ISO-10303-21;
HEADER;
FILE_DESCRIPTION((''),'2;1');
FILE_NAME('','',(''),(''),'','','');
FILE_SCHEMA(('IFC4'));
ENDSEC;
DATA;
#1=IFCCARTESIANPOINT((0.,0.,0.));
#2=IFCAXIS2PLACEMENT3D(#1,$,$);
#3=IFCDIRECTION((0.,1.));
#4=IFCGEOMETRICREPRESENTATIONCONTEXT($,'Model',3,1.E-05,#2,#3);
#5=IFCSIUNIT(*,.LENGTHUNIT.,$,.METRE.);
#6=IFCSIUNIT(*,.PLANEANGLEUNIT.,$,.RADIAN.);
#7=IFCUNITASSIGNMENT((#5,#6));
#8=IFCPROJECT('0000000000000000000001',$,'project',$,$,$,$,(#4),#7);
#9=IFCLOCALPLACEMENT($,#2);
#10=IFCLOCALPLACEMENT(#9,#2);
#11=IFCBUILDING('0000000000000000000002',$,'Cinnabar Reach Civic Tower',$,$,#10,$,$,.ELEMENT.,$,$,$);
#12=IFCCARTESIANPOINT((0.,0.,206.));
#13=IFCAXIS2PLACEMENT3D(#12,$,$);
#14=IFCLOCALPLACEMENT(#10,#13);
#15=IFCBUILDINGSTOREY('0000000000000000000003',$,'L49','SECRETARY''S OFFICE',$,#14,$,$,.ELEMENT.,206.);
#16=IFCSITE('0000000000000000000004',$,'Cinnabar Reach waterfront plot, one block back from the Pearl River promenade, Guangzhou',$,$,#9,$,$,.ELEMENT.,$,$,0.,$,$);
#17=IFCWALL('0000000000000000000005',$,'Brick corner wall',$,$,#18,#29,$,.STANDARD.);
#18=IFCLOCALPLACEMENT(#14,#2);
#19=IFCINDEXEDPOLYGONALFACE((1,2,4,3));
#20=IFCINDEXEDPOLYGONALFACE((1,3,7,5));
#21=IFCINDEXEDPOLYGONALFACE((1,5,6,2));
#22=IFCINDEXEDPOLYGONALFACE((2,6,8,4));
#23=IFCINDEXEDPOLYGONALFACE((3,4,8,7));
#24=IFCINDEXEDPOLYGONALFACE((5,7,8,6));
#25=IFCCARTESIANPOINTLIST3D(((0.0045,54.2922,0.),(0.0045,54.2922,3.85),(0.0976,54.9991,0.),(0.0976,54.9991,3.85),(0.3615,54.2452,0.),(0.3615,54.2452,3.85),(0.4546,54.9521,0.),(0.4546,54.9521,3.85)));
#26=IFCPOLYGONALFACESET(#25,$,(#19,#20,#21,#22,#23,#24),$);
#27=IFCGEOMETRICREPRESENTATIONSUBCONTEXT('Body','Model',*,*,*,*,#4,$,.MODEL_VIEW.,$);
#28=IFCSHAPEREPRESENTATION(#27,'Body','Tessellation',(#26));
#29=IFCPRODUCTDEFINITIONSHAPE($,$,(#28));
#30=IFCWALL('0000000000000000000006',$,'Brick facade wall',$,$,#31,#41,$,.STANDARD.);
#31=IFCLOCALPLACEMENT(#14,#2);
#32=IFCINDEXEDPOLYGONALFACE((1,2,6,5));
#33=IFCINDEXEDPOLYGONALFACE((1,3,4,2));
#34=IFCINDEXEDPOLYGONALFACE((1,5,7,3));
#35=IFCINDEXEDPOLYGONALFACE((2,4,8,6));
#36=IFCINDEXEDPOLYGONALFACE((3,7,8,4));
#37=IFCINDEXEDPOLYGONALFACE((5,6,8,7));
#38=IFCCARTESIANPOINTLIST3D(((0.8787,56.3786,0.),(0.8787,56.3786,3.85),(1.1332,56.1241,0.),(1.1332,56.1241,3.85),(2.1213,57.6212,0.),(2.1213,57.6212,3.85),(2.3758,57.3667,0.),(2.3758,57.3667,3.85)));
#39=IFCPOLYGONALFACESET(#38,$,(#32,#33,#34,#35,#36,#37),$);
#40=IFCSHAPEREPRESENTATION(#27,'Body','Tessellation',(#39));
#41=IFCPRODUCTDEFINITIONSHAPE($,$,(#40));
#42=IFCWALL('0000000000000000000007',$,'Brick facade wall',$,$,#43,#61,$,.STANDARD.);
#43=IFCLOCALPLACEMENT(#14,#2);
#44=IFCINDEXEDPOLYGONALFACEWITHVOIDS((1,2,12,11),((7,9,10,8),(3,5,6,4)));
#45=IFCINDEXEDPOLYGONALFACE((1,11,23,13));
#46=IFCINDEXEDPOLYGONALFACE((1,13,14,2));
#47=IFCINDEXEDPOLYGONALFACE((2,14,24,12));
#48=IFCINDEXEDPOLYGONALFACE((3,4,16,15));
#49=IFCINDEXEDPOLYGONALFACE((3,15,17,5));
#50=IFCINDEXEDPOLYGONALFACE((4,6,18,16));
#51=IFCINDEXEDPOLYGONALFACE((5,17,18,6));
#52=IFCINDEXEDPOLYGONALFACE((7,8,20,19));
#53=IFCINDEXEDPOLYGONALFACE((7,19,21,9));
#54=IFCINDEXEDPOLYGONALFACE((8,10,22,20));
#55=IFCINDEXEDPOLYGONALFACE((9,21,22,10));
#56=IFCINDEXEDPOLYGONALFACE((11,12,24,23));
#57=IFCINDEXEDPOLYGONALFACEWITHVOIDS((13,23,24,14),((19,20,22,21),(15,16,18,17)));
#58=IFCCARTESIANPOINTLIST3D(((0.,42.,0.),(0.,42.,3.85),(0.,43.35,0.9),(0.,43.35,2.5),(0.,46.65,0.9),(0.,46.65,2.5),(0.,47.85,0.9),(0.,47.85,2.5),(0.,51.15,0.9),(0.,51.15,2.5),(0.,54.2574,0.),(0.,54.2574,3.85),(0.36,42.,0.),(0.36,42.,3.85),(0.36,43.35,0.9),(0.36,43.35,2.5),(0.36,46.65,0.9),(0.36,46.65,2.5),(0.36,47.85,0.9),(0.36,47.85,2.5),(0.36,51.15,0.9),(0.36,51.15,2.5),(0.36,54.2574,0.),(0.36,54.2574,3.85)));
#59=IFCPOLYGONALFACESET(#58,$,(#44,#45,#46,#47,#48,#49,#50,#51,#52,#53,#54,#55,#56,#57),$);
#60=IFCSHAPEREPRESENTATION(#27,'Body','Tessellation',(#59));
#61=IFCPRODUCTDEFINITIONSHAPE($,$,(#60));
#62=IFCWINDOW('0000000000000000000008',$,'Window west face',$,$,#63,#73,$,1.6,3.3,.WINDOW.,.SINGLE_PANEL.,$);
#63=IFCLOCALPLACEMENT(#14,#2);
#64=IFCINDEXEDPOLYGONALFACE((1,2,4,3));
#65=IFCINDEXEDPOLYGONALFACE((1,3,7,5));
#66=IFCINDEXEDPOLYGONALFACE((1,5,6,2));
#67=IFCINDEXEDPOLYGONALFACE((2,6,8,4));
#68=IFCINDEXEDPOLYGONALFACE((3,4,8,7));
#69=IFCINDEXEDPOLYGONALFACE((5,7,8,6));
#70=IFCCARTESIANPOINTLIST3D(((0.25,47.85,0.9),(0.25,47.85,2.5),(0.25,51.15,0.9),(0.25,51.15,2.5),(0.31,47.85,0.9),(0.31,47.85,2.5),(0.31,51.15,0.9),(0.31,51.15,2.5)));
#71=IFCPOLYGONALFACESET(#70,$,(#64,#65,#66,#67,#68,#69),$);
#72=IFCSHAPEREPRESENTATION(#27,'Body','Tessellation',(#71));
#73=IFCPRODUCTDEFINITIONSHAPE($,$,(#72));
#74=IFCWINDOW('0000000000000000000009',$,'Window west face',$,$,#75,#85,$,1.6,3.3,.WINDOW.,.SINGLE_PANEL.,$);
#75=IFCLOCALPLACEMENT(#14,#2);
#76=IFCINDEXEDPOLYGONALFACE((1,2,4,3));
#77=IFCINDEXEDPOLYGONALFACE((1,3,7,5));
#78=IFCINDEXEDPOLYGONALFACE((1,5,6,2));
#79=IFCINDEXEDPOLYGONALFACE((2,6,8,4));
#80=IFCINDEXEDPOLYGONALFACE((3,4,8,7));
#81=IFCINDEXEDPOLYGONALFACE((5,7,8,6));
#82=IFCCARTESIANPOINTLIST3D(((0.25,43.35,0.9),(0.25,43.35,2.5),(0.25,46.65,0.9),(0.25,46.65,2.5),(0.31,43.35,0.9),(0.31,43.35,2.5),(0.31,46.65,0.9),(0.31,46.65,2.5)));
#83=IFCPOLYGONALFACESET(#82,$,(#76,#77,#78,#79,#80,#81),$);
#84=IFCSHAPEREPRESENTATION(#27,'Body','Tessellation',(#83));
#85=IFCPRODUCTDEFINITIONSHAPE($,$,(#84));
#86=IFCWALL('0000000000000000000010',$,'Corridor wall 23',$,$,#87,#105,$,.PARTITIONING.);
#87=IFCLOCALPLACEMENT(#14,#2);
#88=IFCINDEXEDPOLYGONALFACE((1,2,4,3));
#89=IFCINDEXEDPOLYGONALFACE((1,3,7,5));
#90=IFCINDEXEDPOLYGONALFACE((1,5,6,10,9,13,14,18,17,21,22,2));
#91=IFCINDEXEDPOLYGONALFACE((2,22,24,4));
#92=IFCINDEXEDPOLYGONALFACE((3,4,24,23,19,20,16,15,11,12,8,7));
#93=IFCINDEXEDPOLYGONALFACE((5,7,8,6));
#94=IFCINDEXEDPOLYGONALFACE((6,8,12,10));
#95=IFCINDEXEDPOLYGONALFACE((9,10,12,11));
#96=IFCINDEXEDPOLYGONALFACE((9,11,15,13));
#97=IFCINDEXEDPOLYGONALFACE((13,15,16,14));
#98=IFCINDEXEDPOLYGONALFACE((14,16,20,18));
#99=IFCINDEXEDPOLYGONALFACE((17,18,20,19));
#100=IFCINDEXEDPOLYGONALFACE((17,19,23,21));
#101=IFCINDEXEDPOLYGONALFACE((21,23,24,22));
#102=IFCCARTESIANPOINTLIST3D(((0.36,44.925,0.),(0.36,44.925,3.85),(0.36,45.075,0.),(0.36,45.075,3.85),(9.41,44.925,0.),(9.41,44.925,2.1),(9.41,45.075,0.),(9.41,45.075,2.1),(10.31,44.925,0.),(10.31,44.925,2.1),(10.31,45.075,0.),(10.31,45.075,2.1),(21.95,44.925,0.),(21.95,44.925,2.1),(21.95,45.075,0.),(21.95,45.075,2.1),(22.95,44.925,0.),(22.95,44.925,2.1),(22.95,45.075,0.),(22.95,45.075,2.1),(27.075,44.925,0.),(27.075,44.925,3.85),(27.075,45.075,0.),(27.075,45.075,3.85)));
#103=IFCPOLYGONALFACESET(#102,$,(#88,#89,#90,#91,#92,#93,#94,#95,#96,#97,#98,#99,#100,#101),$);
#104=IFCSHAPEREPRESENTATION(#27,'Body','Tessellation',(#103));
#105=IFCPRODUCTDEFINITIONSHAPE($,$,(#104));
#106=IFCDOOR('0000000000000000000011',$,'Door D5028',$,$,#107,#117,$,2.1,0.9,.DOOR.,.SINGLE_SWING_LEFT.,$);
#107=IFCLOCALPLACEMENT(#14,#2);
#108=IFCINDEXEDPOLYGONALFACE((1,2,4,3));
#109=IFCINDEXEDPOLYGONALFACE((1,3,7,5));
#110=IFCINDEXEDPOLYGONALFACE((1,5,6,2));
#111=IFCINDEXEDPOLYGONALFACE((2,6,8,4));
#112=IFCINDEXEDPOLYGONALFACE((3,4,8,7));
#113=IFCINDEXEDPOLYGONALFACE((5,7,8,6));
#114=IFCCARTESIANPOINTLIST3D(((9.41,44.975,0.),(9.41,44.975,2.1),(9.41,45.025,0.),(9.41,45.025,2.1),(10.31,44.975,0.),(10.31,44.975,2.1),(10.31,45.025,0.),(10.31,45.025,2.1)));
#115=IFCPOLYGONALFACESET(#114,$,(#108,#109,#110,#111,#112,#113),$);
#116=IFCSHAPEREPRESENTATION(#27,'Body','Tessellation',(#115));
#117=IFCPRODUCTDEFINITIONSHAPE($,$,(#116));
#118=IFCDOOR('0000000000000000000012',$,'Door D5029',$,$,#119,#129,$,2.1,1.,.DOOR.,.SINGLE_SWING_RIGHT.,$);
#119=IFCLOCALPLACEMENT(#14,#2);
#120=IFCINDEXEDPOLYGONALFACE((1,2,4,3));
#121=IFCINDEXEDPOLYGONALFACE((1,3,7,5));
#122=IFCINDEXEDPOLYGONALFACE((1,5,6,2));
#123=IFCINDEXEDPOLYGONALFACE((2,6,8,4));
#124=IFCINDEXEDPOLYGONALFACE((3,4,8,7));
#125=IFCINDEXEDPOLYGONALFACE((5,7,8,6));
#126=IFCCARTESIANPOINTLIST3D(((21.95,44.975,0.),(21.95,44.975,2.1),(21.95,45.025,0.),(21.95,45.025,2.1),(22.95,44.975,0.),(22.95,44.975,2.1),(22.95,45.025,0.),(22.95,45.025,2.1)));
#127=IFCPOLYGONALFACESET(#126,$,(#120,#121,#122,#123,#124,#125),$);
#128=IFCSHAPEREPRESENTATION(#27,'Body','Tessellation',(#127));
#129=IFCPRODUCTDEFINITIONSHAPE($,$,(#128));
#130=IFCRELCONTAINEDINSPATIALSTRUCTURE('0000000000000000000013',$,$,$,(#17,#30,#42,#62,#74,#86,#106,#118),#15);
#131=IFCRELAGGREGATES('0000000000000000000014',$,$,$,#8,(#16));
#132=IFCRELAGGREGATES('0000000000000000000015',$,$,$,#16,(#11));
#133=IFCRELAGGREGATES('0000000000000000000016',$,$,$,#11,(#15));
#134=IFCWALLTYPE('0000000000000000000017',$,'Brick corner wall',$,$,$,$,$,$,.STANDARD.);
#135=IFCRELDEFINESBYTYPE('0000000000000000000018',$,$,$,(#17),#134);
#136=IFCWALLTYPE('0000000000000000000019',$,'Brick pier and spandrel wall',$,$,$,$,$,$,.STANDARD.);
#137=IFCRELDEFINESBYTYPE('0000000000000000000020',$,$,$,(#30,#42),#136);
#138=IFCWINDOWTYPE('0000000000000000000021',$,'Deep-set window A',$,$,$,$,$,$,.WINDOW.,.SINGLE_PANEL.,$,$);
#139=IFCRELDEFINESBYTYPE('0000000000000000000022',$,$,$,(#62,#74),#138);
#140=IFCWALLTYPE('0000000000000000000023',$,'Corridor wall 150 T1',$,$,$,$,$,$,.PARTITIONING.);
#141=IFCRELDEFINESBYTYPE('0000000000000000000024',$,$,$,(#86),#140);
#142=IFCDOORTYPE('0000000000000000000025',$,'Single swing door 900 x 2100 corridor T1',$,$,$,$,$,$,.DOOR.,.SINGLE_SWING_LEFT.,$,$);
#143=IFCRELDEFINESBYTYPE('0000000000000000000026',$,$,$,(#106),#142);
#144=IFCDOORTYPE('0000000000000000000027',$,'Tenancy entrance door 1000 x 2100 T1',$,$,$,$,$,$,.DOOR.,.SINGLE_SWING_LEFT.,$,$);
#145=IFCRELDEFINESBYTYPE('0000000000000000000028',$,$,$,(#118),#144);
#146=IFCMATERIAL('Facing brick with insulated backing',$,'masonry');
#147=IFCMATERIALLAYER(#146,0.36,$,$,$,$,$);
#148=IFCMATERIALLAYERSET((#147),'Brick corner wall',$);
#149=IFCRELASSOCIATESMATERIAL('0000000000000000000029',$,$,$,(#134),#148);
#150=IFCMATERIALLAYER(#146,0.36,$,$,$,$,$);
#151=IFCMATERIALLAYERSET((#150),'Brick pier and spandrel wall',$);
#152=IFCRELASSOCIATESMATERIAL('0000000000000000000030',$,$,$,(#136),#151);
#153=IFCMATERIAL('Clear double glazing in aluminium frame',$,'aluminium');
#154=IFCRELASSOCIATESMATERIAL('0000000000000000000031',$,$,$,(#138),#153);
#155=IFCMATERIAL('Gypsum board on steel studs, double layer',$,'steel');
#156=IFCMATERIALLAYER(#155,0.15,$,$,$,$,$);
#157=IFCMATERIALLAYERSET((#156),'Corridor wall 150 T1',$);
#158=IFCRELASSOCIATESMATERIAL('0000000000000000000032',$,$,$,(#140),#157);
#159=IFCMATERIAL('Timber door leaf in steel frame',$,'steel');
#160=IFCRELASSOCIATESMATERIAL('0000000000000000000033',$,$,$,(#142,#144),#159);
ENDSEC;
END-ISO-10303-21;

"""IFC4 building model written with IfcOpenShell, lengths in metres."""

from ifc_helpers import new_model, si_unit, direction, frame, frame_2d, origin, place, context, subcontext, project, spatial, rectangle, extrude, material, layer, layer_set, type_object, element, fill, save


model = new_model("IFC4")

# Units and contexts
model_context = context("Model", 3, precision=1e-05, world=origin(), true_north=direction((0.0, 1.0)))
body_context = subcontext(model_context, "Body", "Model", "MODEL_VIEW")
ifc_project = project(units=[si_unit("LENGTHUNIT", "METRE"), si_unit("PLANEANGLEUNIT", "RADIAN")], contexts=[model_context])

# Site, building, storey
site_placement = place(None, origin())
site = spatial("IfcSite", under=ifc_project, at=site_placement, Name="Cinnabar Reach waterfront plot, one block back from the Pearl River promenade, Guangzhou", CompositionType="ELEMENT", RefElevation=0.0)
building_placement = place(site_placement, origin())
building = spatial("IfcBuilding", under=site, at=building_placement, Name="Cinnabar Reach Civic Tower", CompositionType="ELEMENT")
storey_placement = place(building_placement, frame((0.0, 0.0, 206.0)))
storey = spatial("IfcBuildingStorey", under=building, at=storey_placement, Name="L49", Description="SECRETARY'S OFFICE", CompositionType="ELEMENT", Elevation=206.0)

# Walls
ifc_material_1 = material(Name="Facing brick with insulated backing", Category="masonry")
ifc_layer_1 = layer(ifc_material_1, 0.36)
ifc_layer_set_1 = layer_set([ifc_layer_1], Name="Brick corner wall")
wall_type_1 = type_object("IfcWallType", Name="Brick corner wall", PredefinedType="STANDARD", material=ifc_layer_set_1)
for number, where, z_axis, x_axis, name in (
    (1, (0.2761, 54.9756, 0.0), (0.0, 0.0, 1.0), (-0.130556, -0.991441, 0.0), "Brick corner wall"),
):
    element("IfcWall", number, at=place(storey_placement, frame(where, z_axis=z_axis, x_axis=x_axis)), inside=storey, type_object=wall_type_1, Name=name, PredefinedType="STANDARD", context=body_context, shape_type="SweptSolid", body=[
        extrude(rectangle(XDim=0.7131, YDim=0.36, at=frame_2d((0.3565, 0.0))), origin(), (0.0, 0.0, 1.0), 3.85),
    ])
ifc_layer_2 = layer(ifc_material_1, 0.36)
ifc_layer_set_2 = layer_set([ifc_layer_2], Name="Brick pier and spandrel wall")
wall_type_2 = type_object("IfcWallType", Name="Brick pier and spandrel wall", PredefinedType="STANDARD", material=ifc_layer_set_2)
wall_1_placement = place(storey_placement, frame((2.2486, 57.494, 0.0), z_axis=(0.0, 0.0, 1.0), x_axis=(-0.707107, -0.707107, 0.0)))
element("IfcWall", 2, at=wall_1_placement, inside=storey, type_object=wall_type_2, Name="Brick facade wall", PredefinedType="STANDARD", context=body_context, shape_type="SweptSolid", body=[
    extrude(rectangle(XDim=1.7573, YDim=0.36, at=frame_2d((0.8787, 0.0))), origin(), (0.0, 0.0, 1.0), 3.85),
])

# Wall, openings, windows
wall_2_placement = place(storey_placement, frame((0.18, 54.2574, 0.0), z_axis=(0.0, 0.0, 1.0), x_axis=(0.0, -1.0, 0.0)))
wall_2 = element("IfcWall", 3, at=wall_2_placement, inside=storey, type_object=wall_type_2, Name="Brick facade wall", PredefinedType="STANDARD", context=body_context, shape_type="SweptSolid", body=[
    extrude(rectangle(XDim=12.2574, YDim=0.36, at=frame_2d((6.1287, 0.0))), origin(), (0.0, 0.0, 1.0), 3.85),
])
opening_1_placement = place(wall_2_placement, frame((3.1074, 0.0, 0.9)))
opening_1 = element("IfcOpeningElement", 4, at=opening_1_placement, cuts=wall_2, PredefinedType="OPENING", context=body_context, shape_type="SweptSolid", body=[
    extrude(rectangle(XDim=3.3, YDim=1.6, at=frame_2d((1.65, 0.8))), frame((0.0, 0.19, 0.0), z_axis=(0.0, -1.0, 0.0), x_axis=(1.0, 0.0, 0.0)), (0.0, 0.0, 1.0), 0.38),
])
opening_2_placement = place(wall_2_placement, frame((7.6074, 0.0, 0.9)))
opening_2 = element("IfcOpeningElement", 5, at=opening_2_placement, cuts=wall_2, PredefinedType="OPENING", context=body_context, shape_type="SweptSolid", body=[
    extrude(rectangle(XDim=3.3, YDim=1.6, at=frame_2d((1.65, 0.8))), frame((0.0, 0.19, 0.0), z_axis=(0.0, -1.0, 0.0), x_axis=(1.0, 0.0, 0.0)), (0.0, 0.0, 1.0), 0.38),
])
ifc_material_2 = material(Name="Clear double glazing in aluminium frame", Category="aluminium")
window_type = type_object("IfcWindowType", Name="Deep-set window A", PartitioningType="SINGLE_PANEL", PredefinedType="WINDOW", material=ifc_material_2)
window_1_placement = place(opening_1_placement, origin())
window_1 = element("IfcWindow", 6, at=window_1_placement, inside=storey, type_object=window_type, Name="Window west face", OverallHeight=1.6, OverallWidth=3.3, PartitioningType="SINGLE_PANEL", PredefinedType="WINDOW", context=body_context, shape_type="SweptSolid", body=[
    extrude(rectangle(XDim=3.3, YDim=1.6, at=frame_2d((1.65, 0.8))), frame((0.0, 0.13, 0.0), z_axis=(0.0, -1.0, 0.0), x_axis=(1.0, 0.0, 0.0)), (0.0, 0.0, 1.0), 0.06),
])
fill(opening_1, window_1)
window_2_placement = place(opening_2_placement, origin())
window_2 = element("IfcWindow", 7, at=window_2_placement, inside=storey, type_object=window_type, Name="Window west face", OverallHeight=1.6, OverallWidth=3.3, PartitioningType="SINGLE_PANEL", PredefinedType="WINDOW", context=body_context, shape_type="SweptSolid", body=[
    extrude(rectangle(XDim=3.3, YDim=1.6, at=frame_2d((1.65, 0.8))), frame((0.0, 0.13, 0.0), z_axis=(0.0, -1.0, 0.0), x_axis=(1.0, 0.0, 0.0)), (0.0, 0.0, 1.0), 0.06),
])
fill(opening_2, window_2)

# Wall, openings, doors
ifc_material_3 = material(Name="Gypsum board on steel studs, double layer", Category="steel")
ifc_layer_3 = layer(ifc_material_3, 0.15)
ifc_layer_set_3 = layer_set([ifc_layer_3], Name="Corridor wall 150 T1")
wall_type_3 = type_object("IfcWallType", Name="Corridor wall 150 T1", PredefinedType="PARTITIONING", material=ifc_layer_set_3)
wall_3_placement = place(storey_placement, frame((0.36, 45.0, 0.0), z_axis=(0.0, 0.0, 1.0), x_axis=(1.0, 0.0, 0.0)))
wall_3 = element("IfcWall", 8, at=wall_3_placement, inside=storey, type_object=wall_type_3, Name="Corridor wall 23", PredefinedType="PARTITIONING", context=body_context, shape_type="SweptSolid", body=[
    extrude(rectangle(XDim=26.715, YDim=0.15, at=frame_2d((13.3575, 0.0))), origin(), (0.0, 0.0, 1.0), 3.85),
])
opening_3_placement = place(wall_3_placement, frame((9.05, 0.0, 0.0)))
opening_3 = element("IfcOpeningElement", 9, at=opening_3_placement, cuts=wall_3, PredefinedType="OPENING", context=body_context, shape_type="SweptSolid", body=[
    extrude(rectangle(XDim=0.9, YDim=2.1, at=frame_2d((0.45, 1.05))), frame((0.0, 0.085, 0.0), z_axis=(0.0, -1.0, 0.0), x_axis=(1.0, 0.0, 0.0)), (0.0, 0.0, 1.0), 0.17),
])
opening_4_placement = place(wall_3_placement, frame((21.59, 0.0, 0.0)))
opening_4 = element("IfcOpeningElement", 10, at=opening_4_placement, cuts=wall_3, PredefinedType="OPENING", context=body_context, shape_type="SweptSolid", body=[
    extrude(rectangle(XDim=1.0, YDim=2.1, at=frame_2d((0.5, 1.05))), frame((0.0, 0.085, 0.0), z_axis=(0.0, -1.0, 0.0), x_axis=(1.0, 0.0, 0.0)), (0.0, 0.0, 1.0), 0.17),
])
ifc_material_4 = material(Name="Timber door leaf in steel frame", Category="steel")
door_type_1 = type_object("IfcDoorType", Name="Single swing door 900 x 2100 corridor T1", OperationType="SINGLE_SWING_LEFT", PredefinedType="DOOR", material=ifc_material_4)
door_1_placement = place(opening_3_placement, origin())
door_1 = element("IfcDoor", 11, at=door_1_placement, inside=storey, type_object=door_type_1, Name="Door D5028", OperationType="SINGLE_SWING_LEFT", OverallHeight=2.1, OverallWidth=0.9, PredefinedType="DOOR", context=body_context, shape_type="SweptSolid", body=[
    extrude(rectangle(XDim=0.9, YDim=2.1, at=frame_2d((0.45, 1.05))), frame((0.0, 0.025, 0.0), z_axis=(0.0, -1.0, 0.0), x_axis=(1.0, 0.0, 0.0)), (0.0, 0.0, 1.0), 0.05),
])
fill(opening_3, door_1)
door_type_2 = type_object("IfcDoorType", Name="Tenancy entrance door 1000 x 2100 T1", OperationType="SINGLE_SWING_LEFT", PredefinedType="DOOR", material=ifc_material_4)
door_2_placement = place(opening_4_placement, origin())
door_2 = element("IfcDoor", 12, at=door_2_placement, inside=storey, type_object=door_type_2, Name="Door D5029", OperationType="SINGLE_SWING_RIGHT", OverallHeight=2.1, OverallWidth=1.0, PredefinedType="DOOR", context=body_context, shape_type="SweptSolid", body=[
    extrude(rectangle(XDim=1.0, YDim=2.1, at=frame_2d((0.5, 1.05))), frame((0.0, 0.025, 0.0), z_axis=(0.0, -1.0, 0.0), x_axis=(1.0, 0.0, 0.0)), (0.0, 0.0, 1.0), 0.05),
])
fill(opening_4, door_2)

save(model, "model.ifc")
